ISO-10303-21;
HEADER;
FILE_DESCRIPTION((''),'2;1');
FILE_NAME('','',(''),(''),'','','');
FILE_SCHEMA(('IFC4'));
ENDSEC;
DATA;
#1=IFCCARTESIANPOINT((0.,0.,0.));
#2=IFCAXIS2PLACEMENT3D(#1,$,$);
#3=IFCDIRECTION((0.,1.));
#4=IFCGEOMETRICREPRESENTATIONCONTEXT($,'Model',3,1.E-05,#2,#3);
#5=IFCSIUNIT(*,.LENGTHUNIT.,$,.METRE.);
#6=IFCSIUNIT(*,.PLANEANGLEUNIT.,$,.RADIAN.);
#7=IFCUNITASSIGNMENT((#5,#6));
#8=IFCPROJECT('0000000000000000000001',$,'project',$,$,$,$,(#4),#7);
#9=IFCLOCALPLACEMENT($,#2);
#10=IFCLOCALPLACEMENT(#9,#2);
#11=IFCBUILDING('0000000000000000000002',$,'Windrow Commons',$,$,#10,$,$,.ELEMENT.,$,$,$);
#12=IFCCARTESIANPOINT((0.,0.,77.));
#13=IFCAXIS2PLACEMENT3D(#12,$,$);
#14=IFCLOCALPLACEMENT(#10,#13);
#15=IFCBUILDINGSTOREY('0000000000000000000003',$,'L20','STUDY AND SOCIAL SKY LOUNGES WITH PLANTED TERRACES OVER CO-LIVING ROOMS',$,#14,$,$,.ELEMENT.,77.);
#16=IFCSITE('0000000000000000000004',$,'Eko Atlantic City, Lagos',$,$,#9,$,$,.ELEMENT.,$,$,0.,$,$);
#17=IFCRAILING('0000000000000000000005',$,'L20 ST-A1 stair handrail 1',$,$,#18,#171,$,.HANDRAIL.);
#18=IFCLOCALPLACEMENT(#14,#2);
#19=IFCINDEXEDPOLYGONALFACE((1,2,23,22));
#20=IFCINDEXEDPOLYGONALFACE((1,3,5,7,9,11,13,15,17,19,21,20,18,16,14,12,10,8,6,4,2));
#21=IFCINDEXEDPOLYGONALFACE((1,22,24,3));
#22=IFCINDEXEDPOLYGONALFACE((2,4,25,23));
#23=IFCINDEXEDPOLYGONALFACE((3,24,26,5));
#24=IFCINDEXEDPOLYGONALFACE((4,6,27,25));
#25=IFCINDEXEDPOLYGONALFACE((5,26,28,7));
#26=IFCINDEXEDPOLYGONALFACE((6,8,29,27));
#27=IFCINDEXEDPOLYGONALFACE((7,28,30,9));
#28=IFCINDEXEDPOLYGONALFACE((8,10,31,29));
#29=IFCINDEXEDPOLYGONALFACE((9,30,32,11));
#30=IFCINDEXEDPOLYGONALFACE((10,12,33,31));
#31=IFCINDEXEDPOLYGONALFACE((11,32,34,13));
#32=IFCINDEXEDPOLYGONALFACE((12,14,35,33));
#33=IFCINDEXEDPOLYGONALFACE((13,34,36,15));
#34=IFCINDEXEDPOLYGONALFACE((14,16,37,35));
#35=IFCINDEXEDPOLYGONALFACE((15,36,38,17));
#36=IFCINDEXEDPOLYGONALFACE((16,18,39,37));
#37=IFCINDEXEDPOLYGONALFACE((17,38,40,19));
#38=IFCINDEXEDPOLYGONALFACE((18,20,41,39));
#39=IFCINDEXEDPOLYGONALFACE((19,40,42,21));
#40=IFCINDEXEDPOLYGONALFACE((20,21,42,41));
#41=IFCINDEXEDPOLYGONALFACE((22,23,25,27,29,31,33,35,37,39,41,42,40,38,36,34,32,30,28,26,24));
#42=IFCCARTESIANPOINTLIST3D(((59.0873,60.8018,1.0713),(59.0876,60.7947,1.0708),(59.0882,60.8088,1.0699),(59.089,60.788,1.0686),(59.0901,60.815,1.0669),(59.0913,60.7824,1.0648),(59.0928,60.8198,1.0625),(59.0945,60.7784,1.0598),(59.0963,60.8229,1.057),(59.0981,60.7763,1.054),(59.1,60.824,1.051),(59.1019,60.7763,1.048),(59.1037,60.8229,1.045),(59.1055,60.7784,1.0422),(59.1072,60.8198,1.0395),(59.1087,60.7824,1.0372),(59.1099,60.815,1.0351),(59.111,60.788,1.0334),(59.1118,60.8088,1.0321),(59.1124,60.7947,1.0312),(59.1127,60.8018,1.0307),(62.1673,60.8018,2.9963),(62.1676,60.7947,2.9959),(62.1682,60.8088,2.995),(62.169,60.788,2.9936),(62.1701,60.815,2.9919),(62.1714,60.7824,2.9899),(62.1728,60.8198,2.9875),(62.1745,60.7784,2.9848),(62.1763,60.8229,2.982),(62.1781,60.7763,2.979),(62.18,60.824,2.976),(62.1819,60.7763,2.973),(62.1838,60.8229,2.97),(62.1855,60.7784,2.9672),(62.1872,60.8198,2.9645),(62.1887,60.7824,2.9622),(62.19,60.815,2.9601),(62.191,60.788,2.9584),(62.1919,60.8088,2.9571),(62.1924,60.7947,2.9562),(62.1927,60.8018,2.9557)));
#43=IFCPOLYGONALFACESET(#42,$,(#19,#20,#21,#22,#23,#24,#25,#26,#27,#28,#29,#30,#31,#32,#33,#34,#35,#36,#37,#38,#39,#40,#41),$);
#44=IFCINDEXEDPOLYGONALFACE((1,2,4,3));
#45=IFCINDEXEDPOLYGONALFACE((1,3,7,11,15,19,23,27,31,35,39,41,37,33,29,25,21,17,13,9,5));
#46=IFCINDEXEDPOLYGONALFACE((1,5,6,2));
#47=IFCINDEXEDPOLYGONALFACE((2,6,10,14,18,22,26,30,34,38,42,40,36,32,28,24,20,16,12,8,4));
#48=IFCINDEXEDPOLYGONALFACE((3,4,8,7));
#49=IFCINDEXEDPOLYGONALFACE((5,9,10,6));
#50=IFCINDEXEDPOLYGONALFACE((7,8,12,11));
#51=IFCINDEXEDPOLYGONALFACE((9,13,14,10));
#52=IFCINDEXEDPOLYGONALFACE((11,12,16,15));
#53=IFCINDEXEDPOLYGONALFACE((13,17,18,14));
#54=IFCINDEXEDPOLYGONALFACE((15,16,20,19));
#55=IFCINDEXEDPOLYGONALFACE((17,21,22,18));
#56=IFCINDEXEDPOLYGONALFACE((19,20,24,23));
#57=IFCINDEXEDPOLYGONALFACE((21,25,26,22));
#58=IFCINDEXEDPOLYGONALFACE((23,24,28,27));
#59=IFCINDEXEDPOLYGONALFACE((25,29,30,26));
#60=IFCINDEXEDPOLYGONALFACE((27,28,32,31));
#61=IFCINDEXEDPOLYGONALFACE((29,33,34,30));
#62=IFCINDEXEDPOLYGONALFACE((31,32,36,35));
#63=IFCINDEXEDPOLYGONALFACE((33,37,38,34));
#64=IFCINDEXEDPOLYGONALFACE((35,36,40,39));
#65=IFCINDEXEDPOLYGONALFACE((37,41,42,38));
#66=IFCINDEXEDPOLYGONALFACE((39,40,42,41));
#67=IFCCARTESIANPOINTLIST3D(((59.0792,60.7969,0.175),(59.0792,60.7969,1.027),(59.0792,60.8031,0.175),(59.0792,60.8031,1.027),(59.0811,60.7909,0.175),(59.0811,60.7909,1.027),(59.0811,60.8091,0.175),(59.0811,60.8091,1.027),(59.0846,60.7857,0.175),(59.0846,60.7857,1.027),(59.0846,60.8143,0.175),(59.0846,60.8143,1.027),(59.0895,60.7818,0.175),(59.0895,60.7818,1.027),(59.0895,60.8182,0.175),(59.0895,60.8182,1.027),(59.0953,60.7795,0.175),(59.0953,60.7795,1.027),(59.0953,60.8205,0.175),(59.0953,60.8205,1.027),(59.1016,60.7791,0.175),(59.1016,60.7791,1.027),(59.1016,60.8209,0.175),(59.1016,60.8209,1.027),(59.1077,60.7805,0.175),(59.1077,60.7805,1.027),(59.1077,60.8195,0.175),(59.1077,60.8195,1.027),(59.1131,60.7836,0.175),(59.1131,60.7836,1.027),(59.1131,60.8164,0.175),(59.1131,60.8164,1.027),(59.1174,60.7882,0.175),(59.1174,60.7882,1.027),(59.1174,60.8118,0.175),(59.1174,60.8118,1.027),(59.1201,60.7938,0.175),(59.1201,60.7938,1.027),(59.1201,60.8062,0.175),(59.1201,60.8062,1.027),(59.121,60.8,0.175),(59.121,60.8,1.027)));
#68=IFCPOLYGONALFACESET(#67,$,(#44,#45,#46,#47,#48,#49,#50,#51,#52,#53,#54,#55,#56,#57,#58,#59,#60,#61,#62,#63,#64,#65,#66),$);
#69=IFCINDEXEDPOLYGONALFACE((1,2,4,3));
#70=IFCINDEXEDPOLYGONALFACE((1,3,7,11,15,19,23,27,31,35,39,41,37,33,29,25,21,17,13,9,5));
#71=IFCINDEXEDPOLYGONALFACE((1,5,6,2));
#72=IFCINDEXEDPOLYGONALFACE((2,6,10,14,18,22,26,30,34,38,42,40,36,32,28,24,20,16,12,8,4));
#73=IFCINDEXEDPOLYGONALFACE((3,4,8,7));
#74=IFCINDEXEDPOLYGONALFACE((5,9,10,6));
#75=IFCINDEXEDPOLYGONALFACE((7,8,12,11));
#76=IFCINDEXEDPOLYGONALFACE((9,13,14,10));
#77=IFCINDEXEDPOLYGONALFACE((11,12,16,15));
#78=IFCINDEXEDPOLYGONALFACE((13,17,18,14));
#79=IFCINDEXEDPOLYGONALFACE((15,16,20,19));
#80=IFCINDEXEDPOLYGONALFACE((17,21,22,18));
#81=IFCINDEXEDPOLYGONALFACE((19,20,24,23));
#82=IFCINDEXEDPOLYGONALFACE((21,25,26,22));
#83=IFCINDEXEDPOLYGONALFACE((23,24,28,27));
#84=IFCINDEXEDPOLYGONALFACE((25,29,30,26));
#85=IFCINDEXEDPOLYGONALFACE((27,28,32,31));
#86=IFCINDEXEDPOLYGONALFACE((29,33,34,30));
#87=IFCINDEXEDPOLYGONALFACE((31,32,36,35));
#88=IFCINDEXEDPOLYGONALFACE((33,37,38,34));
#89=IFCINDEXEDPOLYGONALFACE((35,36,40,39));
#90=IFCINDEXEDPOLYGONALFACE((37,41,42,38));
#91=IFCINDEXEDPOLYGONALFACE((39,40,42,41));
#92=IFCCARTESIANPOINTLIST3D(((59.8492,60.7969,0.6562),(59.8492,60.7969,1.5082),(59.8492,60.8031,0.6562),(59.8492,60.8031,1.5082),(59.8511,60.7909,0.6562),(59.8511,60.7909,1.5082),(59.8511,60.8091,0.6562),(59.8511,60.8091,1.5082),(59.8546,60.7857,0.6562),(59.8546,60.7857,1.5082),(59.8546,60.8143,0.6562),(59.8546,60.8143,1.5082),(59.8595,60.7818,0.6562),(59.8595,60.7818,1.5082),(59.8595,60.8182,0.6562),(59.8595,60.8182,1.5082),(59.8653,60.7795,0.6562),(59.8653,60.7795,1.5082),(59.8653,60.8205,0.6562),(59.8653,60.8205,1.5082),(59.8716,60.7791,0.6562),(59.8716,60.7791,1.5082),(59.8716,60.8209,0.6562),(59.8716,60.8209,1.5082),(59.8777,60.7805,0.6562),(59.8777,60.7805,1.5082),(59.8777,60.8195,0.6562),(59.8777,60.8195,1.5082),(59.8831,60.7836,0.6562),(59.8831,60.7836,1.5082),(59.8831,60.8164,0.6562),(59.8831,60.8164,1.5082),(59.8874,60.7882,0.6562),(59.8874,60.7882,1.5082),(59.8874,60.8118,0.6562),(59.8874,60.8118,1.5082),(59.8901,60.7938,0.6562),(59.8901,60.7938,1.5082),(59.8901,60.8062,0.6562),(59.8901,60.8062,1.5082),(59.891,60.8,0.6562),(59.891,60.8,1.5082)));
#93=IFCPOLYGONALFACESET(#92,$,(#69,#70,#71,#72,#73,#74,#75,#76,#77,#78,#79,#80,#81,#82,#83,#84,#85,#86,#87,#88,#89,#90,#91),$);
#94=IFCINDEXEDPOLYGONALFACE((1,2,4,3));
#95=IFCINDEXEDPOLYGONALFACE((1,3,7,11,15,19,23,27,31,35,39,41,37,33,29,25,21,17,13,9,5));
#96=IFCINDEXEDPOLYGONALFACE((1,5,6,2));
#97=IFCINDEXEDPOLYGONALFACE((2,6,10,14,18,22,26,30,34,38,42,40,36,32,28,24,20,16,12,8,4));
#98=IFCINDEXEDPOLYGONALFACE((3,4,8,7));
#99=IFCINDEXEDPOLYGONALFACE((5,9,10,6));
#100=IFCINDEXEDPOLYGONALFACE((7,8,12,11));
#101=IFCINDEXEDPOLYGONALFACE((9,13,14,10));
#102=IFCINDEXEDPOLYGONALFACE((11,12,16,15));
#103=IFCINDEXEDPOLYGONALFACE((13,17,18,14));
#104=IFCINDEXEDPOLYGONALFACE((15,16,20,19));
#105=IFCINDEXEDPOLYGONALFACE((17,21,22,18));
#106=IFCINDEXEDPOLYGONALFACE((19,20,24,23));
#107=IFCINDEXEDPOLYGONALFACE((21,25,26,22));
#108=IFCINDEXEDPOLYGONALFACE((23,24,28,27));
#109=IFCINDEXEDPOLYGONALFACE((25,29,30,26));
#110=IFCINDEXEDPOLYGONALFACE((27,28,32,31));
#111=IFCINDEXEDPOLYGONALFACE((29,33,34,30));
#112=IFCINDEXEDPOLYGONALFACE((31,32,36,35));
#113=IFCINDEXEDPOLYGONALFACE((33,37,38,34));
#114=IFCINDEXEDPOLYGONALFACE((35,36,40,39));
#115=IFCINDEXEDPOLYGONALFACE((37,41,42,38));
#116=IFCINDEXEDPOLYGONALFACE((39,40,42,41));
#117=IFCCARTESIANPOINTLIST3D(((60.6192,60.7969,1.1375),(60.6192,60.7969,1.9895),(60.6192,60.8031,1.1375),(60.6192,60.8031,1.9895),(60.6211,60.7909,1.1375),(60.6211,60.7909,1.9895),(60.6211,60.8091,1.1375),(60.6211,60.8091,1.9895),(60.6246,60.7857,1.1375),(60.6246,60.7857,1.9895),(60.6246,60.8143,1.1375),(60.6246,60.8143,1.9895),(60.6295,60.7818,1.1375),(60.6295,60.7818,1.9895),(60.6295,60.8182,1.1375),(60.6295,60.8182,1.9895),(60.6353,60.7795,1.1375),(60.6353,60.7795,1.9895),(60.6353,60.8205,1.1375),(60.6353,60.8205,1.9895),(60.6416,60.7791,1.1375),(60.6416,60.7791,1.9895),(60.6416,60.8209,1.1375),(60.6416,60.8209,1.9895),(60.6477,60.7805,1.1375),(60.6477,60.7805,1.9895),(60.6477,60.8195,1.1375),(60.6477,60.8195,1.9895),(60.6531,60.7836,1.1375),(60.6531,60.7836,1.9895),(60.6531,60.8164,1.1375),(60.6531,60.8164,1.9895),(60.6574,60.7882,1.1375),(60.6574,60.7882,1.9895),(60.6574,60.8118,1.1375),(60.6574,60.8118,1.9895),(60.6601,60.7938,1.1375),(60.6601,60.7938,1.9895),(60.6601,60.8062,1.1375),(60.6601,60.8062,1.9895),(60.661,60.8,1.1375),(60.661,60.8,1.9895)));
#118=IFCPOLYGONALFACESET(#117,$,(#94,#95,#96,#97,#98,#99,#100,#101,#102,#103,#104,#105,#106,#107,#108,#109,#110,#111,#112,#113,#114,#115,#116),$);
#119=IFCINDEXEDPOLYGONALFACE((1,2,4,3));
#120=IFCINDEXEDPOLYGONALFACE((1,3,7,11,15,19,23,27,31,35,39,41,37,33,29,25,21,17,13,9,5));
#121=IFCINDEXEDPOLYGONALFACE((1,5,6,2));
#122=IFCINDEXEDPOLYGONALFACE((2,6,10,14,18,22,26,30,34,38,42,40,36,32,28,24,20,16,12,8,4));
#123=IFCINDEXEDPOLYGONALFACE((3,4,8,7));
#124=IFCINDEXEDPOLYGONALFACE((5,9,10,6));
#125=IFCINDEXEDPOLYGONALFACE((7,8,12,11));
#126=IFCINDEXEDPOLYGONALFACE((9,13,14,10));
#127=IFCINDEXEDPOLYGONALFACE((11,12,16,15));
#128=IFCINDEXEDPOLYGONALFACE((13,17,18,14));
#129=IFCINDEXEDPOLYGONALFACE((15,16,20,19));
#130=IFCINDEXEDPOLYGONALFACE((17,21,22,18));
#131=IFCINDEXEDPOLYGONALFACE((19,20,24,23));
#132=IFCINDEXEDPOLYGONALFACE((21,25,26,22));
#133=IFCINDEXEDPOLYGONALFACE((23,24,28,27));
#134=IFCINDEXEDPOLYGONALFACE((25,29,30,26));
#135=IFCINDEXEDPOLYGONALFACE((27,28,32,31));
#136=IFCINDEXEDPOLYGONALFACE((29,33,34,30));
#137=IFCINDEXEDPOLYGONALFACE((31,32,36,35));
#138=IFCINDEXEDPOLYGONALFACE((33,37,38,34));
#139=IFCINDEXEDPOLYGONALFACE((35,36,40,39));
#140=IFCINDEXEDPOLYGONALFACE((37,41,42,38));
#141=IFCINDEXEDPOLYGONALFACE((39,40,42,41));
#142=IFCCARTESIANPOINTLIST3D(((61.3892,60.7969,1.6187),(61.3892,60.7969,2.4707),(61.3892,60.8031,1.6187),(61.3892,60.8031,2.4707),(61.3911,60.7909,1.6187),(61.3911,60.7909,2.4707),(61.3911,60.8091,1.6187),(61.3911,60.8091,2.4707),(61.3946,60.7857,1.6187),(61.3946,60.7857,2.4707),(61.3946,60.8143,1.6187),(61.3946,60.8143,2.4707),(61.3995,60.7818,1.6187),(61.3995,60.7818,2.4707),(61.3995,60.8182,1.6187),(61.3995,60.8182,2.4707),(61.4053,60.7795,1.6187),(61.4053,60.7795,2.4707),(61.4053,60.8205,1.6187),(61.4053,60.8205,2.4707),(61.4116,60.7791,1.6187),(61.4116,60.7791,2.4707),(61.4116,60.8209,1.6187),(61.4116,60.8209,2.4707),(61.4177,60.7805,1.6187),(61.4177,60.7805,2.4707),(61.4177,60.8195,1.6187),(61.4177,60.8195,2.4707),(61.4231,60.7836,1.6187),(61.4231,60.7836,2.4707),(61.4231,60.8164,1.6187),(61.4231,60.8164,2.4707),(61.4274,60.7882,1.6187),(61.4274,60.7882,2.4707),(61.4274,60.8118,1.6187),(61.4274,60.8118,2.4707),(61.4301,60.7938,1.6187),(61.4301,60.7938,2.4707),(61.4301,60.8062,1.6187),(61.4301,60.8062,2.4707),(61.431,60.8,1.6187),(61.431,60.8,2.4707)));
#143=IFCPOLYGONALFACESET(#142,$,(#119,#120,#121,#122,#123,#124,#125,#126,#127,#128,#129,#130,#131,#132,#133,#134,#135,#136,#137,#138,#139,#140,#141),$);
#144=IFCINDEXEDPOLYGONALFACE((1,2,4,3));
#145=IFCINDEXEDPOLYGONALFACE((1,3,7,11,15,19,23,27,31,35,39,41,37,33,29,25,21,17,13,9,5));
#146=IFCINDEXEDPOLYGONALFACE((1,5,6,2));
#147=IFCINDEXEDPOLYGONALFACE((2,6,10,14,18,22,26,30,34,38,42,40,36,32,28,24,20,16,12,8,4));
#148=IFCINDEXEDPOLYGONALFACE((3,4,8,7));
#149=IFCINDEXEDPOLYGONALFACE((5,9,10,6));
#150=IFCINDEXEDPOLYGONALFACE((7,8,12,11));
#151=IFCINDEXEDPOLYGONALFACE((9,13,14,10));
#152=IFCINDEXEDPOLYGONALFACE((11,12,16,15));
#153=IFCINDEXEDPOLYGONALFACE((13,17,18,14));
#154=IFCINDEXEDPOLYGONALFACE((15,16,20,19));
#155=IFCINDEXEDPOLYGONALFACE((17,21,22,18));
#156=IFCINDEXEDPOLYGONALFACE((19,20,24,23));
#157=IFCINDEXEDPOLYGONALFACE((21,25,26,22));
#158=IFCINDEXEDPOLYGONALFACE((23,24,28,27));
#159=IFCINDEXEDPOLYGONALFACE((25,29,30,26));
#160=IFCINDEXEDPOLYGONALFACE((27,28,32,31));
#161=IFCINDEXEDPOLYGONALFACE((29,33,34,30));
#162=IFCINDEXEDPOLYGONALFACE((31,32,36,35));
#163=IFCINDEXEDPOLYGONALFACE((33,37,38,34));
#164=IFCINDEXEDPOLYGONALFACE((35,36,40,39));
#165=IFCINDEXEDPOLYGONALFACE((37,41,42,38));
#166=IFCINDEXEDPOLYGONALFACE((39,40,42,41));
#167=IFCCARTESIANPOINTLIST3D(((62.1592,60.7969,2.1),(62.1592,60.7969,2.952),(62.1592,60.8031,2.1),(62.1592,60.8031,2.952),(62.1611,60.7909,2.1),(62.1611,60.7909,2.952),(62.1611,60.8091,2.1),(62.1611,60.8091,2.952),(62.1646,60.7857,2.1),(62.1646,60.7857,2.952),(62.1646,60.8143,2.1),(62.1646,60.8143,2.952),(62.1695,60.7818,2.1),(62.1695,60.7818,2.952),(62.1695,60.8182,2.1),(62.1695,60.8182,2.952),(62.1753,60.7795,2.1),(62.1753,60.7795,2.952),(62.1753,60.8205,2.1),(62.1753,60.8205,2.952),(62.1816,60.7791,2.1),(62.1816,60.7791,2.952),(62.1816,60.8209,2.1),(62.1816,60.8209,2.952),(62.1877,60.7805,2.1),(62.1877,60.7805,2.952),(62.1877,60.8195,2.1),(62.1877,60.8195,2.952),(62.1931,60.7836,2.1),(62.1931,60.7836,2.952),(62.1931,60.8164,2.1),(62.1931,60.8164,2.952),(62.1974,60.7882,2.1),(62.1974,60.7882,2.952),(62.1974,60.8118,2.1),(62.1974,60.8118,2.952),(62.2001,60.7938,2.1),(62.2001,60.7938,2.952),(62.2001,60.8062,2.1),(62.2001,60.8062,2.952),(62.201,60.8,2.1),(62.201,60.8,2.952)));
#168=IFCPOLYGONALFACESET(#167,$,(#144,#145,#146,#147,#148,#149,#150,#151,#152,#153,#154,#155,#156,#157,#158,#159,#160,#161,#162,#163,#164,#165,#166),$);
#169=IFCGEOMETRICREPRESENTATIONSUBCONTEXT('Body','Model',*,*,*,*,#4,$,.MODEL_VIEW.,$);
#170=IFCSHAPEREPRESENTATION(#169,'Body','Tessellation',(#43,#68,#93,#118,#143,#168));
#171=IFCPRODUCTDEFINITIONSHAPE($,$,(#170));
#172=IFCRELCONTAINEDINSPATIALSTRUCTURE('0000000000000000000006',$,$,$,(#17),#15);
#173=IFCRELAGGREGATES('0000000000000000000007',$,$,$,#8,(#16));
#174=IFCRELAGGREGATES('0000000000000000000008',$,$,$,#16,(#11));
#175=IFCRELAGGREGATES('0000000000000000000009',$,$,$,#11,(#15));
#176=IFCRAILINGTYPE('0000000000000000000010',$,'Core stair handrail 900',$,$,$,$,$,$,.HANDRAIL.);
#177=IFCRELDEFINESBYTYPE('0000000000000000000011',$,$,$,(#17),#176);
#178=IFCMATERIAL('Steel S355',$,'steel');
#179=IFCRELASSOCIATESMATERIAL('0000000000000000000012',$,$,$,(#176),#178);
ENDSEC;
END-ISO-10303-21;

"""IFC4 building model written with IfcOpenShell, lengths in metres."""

from ifc_helpers import new_model, si_unit, direction, frame, origin, origin_2d, place, context, subcontext, project, spatial, circle, extrude, material, type_object, element, save


model = new_model("IFC4")

# Units and contexts
model_context = context("Model", 3, precision=1e-05, world=origin(), true_north=direction((0.0, 1.0)))
body_context = subcontext(model_context, "Body", "Model", "MODEL_VIEW")
ifc_project = project(units=[si_unit("LENGTHUNIT", "METRE"), si_unit("PLANEANGLEUNIT", "RADIAN")], contexts=[model_context])

# Site, building, storey
site_placement = place(None, origin())
site = spatial("IfcSite", under=ifc_project, at=site_placement, Name="Eko Atlantic City, Lagos", CompositionType="ELEMENT", RefElevation=0.0)
building_placement = place(site_placement, origin())
building = spatial("IfcBuilding", under=site, at=building_placement, Name="Windrow Commons", CompositionType="ELEMENT")
storey_placement = place(building_placement, frame((0.0, 0.0, 77.0)))
storey = spatial("IfcBuildingStorey", under=building, at=storey_placement, Name="L20", Description="STUDY AND SOCIAL SKY LOUNGES WITH PLANTED TERRACES OVER CO-LIVING ROOMS", CompositionType="ELEMENT", Elevation=77.0)

# Railing
ifc_material_1 = material(Name="Steel S355", Category="steel")
railing_type_1 = type_object("IfcRailingType", Name="Core stair handrail 900", PredefinedType="HANDRAIL", material=ifc_material_1)
railing_1_placement = place(storey_placement, frame((59.1, 60.8, 0.175)))
element("IfcRailing", 1, at=railing_1_placement, inside=storey, type_object=railing_type_1, Name="L20 ST-A1 stair handrail 1", PredefinedType="HANDRAIL", context=body_context, shape_type="SweptSolid", body=[
    extrude(circle(Radius=0.024, at=origin_2d()), frame((0.0, 0.0, 0.876), z_axis=(0.847998, 0.0, 0.529999), x_axis=(0.0, 1.0, 0.0)), (0.0, 0.0, 1.0), 3.6321),
    extrude(circle(Radius=0.021, at=origin_2d()), origin(), (0.0, 0.0, 1.0), 0.852),
    extrude(circle(Radius=0.021, at=origin_2d()), frame((0.77, 0.0, 0.4812)), (0.0, 0.0, 1.0), 0.852),
    extrude(circle(Radius=0.021, at=origin_2d()), frame((1.54, 0.0, 0.9625)), (0.0, 0.0, 1.0), 0.852),
    extrude(circle(Radius=0.021, at=origin_2d()), frame((2.31, 0.0, 1.4437)), (0.0, 0.0, 1.0), 0.852),
    extrude(circle(Radius=0.021, at=origin_2d()), frame((3.08, 0.0, 1.925)), (0.0, 0.0, 1.0), 0.852),
])

save(model, "model.ifc")
